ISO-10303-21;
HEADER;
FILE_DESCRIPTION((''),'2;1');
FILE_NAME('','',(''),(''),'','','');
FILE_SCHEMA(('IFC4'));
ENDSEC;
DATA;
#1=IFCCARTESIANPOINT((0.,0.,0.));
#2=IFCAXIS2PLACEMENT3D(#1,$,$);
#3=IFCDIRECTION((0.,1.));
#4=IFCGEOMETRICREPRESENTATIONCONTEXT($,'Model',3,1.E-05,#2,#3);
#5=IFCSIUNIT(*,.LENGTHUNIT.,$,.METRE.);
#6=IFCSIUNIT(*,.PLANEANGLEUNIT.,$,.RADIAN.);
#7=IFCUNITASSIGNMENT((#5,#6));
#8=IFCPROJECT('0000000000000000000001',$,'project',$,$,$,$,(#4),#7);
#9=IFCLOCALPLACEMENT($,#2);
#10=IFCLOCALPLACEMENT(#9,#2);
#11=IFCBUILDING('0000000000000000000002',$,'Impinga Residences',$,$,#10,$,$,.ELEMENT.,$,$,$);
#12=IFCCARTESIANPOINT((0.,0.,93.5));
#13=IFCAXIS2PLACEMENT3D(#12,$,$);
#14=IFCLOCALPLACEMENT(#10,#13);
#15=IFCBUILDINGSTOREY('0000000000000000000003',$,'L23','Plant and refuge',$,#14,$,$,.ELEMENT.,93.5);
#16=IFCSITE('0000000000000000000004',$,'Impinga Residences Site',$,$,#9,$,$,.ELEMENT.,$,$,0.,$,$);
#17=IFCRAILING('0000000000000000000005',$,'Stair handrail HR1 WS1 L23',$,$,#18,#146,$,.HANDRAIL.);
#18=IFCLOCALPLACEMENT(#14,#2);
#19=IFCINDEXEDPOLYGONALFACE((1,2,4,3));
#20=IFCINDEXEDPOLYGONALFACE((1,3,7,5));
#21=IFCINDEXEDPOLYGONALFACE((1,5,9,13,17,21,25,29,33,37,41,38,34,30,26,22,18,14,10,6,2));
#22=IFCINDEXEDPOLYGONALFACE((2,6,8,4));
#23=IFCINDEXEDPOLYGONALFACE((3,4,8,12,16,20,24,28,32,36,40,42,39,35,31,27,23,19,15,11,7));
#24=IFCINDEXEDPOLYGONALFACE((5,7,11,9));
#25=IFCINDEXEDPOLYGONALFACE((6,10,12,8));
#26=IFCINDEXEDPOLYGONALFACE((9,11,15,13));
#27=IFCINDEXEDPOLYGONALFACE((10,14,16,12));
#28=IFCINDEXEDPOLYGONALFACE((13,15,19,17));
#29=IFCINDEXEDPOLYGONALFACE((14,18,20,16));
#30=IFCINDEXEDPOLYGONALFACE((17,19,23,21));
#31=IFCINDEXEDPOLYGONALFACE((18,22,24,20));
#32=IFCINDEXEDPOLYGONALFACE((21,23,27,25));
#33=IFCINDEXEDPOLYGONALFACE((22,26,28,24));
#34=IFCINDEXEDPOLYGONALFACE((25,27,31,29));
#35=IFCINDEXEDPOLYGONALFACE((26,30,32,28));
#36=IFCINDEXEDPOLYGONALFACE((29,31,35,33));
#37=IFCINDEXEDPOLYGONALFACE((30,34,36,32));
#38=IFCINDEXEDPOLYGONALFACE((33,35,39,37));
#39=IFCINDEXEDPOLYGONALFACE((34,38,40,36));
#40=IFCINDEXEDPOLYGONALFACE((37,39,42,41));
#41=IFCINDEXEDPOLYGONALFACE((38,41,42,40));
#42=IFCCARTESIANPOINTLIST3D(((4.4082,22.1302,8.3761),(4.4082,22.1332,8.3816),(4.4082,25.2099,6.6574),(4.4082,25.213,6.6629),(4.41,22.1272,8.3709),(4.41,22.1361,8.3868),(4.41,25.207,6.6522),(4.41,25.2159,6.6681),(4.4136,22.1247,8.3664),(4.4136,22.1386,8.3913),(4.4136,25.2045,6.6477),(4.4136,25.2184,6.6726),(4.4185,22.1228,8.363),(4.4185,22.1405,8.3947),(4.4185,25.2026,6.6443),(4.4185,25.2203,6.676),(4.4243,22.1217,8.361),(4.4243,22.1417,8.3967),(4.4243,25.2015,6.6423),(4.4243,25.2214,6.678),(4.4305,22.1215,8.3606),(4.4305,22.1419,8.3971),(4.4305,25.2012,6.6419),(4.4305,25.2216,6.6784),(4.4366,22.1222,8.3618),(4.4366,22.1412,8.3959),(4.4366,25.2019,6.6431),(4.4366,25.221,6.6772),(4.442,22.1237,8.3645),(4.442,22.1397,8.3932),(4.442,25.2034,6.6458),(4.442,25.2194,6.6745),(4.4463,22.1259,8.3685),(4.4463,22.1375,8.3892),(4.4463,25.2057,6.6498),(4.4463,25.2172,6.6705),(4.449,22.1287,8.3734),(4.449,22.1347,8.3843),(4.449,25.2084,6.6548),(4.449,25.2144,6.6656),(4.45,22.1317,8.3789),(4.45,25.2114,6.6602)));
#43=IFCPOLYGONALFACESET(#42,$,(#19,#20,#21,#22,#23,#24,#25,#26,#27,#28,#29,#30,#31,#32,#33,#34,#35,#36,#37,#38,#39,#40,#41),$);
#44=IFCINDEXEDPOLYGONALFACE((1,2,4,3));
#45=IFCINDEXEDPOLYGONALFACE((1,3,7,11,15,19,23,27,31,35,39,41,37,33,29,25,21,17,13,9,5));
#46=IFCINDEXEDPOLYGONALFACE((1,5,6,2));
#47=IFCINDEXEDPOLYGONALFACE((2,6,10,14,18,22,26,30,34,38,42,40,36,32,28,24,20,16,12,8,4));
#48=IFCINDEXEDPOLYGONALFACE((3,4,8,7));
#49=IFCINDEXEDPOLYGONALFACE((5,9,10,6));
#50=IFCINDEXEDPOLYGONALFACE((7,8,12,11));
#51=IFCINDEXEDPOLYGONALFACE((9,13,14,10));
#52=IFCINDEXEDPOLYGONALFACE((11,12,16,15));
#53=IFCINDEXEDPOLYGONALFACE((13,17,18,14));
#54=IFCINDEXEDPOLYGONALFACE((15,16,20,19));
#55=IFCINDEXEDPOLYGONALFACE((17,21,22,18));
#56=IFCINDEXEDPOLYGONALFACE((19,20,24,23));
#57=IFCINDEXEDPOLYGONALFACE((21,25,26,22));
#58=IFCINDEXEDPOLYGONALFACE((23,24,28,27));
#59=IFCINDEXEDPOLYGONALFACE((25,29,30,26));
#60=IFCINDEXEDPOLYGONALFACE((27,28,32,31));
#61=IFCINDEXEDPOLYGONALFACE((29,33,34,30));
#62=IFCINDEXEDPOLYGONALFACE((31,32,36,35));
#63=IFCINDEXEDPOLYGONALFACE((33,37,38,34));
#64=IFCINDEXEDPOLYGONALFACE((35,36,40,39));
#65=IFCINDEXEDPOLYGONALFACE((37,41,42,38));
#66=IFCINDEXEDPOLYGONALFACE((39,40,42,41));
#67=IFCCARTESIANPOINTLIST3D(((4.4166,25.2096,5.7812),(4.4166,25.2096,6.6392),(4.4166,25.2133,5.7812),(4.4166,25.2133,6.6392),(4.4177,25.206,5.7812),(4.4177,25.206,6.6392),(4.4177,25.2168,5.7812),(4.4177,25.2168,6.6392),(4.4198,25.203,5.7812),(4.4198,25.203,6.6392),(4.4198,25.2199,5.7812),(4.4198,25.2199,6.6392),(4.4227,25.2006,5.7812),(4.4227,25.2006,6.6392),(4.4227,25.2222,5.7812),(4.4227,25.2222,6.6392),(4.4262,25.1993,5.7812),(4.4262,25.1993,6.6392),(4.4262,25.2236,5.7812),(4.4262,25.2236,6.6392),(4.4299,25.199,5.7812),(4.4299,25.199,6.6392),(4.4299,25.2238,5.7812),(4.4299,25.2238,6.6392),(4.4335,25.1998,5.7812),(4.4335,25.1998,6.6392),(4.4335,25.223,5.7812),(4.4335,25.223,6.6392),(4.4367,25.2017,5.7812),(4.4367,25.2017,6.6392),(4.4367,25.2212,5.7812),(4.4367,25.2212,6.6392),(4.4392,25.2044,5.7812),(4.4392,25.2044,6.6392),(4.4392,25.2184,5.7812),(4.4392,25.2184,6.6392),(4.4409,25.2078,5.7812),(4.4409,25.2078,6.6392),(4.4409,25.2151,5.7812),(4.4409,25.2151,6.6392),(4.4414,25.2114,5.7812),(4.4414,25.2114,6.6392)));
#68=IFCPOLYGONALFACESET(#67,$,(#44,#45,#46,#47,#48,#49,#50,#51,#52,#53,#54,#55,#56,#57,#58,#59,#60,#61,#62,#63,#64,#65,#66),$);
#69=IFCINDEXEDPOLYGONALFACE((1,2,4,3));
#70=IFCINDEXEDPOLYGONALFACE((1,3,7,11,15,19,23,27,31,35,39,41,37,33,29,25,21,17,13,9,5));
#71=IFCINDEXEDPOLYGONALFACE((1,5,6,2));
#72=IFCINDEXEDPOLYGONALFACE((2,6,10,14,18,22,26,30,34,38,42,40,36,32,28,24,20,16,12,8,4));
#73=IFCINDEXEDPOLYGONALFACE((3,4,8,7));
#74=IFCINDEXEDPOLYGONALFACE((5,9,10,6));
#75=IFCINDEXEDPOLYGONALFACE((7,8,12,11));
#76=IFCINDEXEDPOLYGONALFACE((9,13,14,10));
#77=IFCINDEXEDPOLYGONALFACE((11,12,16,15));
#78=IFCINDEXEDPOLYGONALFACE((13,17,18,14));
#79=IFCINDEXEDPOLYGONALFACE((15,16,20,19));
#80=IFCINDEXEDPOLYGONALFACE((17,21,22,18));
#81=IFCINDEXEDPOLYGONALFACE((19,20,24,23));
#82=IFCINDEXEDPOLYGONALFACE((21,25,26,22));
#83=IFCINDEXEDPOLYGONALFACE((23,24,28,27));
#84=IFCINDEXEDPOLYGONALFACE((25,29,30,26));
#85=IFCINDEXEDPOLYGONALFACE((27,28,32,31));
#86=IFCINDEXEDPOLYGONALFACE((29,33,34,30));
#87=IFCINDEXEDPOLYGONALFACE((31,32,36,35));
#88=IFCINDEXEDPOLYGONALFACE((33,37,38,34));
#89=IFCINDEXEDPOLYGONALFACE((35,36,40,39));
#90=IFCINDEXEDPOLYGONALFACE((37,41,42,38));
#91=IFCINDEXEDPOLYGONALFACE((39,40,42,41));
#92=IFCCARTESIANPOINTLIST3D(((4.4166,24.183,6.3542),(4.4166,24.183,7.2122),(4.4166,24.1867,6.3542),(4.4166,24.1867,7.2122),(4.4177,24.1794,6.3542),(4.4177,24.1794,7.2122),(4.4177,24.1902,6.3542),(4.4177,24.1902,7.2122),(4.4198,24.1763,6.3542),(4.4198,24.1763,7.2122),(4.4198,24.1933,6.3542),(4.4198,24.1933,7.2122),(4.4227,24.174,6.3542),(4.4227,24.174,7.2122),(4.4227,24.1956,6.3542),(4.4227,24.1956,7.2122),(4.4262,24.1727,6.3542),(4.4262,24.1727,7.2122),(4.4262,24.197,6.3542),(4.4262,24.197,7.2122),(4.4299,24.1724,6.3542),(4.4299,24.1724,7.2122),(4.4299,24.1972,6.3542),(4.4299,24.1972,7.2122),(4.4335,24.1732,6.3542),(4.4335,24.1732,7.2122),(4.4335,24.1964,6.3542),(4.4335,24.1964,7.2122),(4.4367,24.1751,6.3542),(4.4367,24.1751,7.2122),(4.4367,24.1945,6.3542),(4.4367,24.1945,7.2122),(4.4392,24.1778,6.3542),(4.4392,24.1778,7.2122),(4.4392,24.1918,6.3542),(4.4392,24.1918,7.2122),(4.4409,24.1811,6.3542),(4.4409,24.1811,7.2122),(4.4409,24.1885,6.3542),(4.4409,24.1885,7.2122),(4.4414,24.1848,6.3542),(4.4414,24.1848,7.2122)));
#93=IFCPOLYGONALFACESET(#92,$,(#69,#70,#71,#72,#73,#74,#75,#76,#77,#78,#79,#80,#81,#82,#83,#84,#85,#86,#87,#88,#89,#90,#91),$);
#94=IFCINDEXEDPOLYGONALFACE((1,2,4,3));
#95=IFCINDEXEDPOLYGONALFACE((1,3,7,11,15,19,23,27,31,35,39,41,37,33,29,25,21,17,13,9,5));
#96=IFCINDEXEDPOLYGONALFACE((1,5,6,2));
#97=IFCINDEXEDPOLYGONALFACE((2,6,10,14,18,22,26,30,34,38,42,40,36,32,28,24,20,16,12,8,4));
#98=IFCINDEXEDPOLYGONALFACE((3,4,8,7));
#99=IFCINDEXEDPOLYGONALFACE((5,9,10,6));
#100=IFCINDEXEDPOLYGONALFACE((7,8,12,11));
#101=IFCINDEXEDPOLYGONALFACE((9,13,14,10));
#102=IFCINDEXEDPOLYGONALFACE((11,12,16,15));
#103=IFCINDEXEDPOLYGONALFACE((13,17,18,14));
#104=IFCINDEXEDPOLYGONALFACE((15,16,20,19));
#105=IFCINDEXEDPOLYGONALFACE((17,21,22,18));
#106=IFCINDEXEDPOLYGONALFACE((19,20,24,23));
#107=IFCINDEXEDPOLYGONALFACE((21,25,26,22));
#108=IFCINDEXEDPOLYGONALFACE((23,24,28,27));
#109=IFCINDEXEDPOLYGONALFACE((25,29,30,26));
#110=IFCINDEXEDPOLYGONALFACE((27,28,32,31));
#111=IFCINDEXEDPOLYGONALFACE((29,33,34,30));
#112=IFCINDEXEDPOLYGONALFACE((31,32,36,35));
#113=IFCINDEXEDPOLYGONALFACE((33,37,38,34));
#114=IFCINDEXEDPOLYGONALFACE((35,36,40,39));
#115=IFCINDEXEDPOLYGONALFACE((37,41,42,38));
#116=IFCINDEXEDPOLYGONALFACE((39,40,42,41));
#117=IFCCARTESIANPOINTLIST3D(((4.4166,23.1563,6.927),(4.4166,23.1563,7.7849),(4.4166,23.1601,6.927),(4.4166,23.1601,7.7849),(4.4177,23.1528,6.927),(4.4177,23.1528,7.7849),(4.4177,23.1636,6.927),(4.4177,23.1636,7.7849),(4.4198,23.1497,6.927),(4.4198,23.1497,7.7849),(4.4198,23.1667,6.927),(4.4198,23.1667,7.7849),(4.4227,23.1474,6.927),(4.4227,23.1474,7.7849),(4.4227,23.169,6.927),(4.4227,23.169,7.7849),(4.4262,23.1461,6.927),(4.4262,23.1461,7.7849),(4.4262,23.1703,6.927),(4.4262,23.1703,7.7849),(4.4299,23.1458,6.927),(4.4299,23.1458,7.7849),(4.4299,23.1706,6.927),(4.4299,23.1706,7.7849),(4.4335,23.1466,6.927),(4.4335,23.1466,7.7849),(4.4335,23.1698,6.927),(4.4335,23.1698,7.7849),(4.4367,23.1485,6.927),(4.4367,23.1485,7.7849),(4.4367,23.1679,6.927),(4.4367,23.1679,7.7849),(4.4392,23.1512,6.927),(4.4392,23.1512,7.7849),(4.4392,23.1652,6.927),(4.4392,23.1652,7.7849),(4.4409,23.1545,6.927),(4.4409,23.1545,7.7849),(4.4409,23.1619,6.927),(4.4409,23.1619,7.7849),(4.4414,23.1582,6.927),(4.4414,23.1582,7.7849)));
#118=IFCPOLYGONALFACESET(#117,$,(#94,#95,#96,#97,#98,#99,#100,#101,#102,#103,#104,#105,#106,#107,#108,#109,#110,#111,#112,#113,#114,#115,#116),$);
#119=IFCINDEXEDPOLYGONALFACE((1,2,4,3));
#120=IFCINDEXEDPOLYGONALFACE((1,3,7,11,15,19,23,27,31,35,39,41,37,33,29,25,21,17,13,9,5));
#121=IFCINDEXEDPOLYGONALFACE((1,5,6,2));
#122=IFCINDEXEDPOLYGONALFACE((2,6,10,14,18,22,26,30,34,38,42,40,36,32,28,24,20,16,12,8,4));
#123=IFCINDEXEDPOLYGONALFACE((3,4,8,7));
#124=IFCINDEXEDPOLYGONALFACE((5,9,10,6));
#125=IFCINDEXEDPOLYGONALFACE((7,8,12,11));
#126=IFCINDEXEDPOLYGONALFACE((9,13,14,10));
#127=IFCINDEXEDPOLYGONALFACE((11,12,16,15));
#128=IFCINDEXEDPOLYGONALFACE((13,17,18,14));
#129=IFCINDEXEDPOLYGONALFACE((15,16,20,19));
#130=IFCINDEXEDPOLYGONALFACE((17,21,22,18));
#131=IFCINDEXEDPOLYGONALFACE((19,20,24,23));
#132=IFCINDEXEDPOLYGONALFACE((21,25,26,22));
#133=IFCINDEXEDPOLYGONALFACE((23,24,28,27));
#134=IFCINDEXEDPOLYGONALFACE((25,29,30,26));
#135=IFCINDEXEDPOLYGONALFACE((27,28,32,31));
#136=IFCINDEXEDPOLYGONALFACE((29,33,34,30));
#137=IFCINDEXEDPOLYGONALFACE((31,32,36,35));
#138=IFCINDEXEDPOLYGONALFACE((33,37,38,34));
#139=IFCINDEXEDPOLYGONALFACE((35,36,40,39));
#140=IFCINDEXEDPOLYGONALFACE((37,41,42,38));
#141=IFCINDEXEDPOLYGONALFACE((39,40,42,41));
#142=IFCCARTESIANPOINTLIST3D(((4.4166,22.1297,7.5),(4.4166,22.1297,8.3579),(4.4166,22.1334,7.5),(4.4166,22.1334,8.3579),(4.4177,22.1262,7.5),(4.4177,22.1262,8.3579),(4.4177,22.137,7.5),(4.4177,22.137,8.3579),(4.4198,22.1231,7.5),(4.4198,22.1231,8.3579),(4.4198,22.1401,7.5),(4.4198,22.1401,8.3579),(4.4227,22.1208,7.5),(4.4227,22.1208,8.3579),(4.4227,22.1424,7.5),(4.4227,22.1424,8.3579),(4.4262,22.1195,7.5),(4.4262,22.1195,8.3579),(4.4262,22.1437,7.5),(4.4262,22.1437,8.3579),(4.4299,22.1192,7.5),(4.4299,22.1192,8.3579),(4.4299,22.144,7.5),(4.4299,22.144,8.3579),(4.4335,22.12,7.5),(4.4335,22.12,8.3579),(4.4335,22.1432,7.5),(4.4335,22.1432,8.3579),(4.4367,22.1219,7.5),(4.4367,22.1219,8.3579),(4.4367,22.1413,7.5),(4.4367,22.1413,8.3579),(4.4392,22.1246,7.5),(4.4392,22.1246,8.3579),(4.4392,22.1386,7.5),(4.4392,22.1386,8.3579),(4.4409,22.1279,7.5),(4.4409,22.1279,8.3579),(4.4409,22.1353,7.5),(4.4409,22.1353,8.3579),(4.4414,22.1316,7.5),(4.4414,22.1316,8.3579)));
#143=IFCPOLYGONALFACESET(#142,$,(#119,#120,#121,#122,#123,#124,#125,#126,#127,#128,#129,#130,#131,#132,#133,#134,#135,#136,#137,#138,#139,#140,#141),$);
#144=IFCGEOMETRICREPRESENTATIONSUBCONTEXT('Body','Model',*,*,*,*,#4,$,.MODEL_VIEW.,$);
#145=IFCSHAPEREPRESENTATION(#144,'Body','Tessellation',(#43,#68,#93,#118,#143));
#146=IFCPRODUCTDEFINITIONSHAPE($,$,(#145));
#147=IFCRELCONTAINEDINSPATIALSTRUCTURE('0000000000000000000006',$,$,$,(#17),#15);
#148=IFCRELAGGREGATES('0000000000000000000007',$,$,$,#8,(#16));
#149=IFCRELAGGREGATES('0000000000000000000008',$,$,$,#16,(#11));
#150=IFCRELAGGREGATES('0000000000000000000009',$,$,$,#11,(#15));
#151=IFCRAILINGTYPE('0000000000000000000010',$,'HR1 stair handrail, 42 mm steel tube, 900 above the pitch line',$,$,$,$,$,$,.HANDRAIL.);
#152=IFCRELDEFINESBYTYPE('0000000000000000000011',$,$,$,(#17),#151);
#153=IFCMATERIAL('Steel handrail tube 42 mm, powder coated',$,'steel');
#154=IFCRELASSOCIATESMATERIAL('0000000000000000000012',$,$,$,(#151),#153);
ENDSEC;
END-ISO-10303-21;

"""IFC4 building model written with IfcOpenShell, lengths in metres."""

from ifc_helpers import new_model, si_unit, direction, frame, origin, origin_2d, place, context, subcontext, project, spatial, circle, extrude, material, type_object, element, save


model = new_model("IFC4")

# Units and contexts
model_context = context("Model", 3, precision=1e-05, world=origin(), true_north=direction((0.0, 1.0)))
body_context = subcontext(model_context, "Body", "Model", "MODEL_VIEW")
ifc_project = project(units=[si_unit("LENGTHUNIT", "METRE"), si_unit("PLANEANGLEUNIT", "RADIAN")], contexts=[model_context])

# Site, building, storey
site_placement = place(None, origin())
site = spatial("IfcSite", under=ifc_project, at=site_placement, Name="Impinga Residences Site", CompositionType="ELEMENT", RefElevation=0.0)
building_placement = place(site_placement, origin())
building = spatial("IfcBuilding", under=site, at=building_placement, Name="Impinga Residences", CompositionType="ELEMENT")
storey_placement = place(building_placement, frame((0.0, 0.0, 93.5)))
storey = spatial("IfcBuildingStorey", under=building, at=storey_placement, Name="L23", Description="Plant and refuge", CompositionType="ELEMENT", Elevation=93.5)

# Railing
ifc_material_1 = material(Name="Steel handrail tube 42 mm, powder coated", Category="steel")
railing_type_1 = type_object("IfcRailingType", Name="HR1 stair handrail, 42 mm steel tube, 900 above the pitch line", PredefinedType="HANDRAIL", material=ifc_material_1)
for number, where, name in (
    (1, (4.429, 25.2114, 5.7812), "Stair handrail HR1 WS1 L23"),
):
    element("IfcRailing", number, at=place(storey_placement, frame(where)), inside=storey, type_object=railing_type_1, Name=name, PredefinedType="HANDRAIL", context=body_context, shape_type="SweptSolid", body=[
        extrude(circle(Radius=0.021, at=origin_2d()), frame((0.0, 0.0, 0.8789), z_axis=(0.0, -0.873225, 0.487317), x_axis=(1.0, 0.0, 0.0)), (0.0, 0.0, 1.0), 3.5269),
        extrude(circle(Radius=0.0125, at=origin_2d()), origin(), (0.0, 0.0, 1.0), 0.8579),
        extrude(circle(Radius=0.0125, at=origin_2d()), frame((0.0, -1.0266, 0.573)), (0.0, 0.0, 1.0), 0.8579),
        extrude(circle(Radius=0.0125, at=origin_2d()), frame((0.0, -2.0532, 1.1458)), (0.0, 0.0, 1.0), 0.8579),
        extrude(circle(Radius=0.0125, at=origin_2d()), frame((0.0, -3.0798, 1.7188)), (0.0, 0.0, 1.0), 0.8579),
    ])

save(model, "model.ifc")
